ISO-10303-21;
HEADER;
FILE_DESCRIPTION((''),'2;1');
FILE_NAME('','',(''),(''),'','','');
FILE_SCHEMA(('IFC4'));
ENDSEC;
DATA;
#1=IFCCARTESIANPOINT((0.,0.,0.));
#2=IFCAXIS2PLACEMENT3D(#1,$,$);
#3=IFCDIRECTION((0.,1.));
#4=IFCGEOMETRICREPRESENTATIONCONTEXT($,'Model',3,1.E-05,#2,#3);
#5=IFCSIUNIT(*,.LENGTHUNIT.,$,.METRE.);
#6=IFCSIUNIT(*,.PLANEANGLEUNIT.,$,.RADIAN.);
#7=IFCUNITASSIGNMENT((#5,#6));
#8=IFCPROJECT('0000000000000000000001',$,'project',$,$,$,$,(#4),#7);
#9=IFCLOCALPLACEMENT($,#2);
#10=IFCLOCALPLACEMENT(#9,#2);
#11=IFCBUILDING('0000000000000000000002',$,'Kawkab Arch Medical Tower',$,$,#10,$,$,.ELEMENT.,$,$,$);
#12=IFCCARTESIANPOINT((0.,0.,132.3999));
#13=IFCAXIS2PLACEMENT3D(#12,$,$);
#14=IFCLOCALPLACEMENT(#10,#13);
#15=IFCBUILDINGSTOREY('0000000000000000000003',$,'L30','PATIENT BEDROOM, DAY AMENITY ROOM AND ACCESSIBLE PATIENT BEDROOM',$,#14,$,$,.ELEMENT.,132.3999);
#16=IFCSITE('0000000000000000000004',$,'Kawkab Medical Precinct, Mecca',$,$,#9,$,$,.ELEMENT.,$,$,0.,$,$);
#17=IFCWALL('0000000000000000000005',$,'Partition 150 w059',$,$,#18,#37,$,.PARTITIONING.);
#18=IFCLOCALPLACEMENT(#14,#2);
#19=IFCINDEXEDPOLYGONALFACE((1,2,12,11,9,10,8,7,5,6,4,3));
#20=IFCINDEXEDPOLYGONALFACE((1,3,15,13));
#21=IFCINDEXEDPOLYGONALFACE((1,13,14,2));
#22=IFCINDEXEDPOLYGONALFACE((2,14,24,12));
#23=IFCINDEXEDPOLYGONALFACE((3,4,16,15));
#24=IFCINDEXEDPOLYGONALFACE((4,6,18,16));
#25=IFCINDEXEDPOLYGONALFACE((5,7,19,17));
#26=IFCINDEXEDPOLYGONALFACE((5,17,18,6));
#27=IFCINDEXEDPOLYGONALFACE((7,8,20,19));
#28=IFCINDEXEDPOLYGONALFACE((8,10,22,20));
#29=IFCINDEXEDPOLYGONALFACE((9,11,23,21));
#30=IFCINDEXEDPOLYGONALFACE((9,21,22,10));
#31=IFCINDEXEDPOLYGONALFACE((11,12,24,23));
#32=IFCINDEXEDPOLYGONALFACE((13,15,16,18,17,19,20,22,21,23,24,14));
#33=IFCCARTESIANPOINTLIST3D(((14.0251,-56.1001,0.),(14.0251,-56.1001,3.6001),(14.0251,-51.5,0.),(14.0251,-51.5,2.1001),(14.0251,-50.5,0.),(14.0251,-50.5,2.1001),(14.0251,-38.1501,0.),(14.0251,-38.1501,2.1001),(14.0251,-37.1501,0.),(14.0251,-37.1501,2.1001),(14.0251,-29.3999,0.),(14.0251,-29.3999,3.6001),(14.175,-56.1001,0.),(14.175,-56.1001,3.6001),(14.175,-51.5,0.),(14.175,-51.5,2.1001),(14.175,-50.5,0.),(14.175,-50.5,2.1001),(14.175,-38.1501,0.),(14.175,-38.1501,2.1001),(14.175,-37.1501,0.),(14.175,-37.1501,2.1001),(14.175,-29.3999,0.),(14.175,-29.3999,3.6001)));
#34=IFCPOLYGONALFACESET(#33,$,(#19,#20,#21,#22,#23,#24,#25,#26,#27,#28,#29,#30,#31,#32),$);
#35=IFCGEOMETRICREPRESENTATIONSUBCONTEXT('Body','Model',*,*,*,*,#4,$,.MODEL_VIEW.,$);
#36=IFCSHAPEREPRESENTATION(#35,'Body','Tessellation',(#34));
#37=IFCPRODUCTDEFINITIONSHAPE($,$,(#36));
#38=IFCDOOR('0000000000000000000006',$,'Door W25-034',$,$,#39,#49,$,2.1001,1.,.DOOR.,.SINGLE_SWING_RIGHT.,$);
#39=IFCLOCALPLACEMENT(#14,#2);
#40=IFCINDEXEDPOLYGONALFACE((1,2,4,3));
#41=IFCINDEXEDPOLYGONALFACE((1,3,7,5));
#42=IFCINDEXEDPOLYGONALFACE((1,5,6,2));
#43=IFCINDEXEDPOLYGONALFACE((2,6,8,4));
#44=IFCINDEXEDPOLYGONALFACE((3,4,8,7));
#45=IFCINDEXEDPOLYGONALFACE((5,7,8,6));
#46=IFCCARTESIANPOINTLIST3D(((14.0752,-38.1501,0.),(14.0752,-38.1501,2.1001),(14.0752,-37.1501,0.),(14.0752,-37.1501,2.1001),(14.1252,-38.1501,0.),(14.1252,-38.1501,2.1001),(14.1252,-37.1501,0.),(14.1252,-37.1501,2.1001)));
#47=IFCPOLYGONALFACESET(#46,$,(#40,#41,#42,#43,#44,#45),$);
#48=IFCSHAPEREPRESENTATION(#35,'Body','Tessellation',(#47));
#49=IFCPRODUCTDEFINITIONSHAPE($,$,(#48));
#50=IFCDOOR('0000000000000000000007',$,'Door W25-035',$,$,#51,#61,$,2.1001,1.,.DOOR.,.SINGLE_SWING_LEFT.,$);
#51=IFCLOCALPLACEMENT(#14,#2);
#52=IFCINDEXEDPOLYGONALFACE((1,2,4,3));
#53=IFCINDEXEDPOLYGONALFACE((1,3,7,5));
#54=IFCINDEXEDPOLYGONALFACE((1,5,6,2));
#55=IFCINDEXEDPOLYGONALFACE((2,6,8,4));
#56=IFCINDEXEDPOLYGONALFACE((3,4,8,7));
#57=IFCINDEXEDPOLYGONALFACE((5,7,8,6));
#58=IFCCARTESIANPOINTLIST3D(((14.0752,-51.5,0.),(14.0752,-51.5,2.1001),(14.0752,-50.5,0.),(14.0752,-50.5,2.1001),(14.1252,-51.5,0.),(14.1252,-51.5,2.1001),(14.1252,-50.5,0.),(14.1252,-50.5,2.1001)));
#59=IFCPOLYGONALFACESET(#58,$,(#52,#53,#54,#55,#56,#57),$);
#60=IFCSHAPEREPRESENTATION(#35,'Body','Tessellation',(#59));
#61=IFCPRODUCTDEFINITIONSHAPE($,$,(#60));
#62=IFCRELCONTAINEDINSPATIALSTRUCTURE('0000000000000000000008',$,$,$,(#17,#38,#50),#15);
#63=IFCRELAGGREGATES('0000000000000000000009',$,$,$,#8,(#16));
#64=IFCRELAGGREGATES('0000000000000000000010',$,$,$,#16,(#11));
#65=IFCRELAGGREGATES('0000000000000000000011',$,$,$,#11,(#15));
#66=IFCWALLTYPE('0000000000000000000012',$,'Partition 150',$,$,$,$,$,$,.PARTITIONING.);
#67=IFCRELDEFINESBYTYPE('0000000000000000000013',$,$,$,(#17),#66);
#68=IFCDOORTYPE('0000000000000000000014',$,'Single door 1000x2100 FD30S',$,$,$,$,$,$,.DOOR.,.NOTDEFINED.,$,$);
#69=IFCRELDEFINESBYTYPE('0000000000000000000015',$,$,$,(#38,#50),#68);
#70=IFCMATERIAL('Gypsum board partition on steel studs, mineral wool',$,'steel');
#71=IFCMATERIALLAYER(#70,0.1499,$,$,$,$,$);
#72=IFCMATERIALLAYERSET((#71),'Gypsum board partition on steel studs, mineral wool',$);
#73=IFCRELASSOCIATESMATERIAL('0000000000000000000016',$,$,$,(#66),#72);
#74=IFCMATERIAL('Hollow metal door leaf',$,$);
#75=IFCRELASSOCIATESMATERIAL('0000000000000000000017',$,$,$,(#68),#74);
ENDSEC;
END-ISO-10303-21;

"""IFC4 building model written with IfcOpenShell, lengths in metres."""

from ifc_helpers import new_model, si_unit, direction, frame, frame_2d, origin, place, context, subcontext, project, spatial, rectangle, extrude, material, layer, layer_set, type_object, element, fill, save


model = new_model("IFC4")

# Units and contexts
model_context = context("Model", 3, precision=1e-05, world=origin(), true_north=direction((0.0, 1.0)))
body_context = subcontext(model_context, "Body", "Model", "MODEL_VIEW")
ifc_project = project(units=[si_unit("LENGTHUNIT", "METRE"), si_unit("PLANEANGLEUNIT", "RADIAN")], contexts=[model_context])

# Site, building, storey
site_placement = place(None, origin())
site = spatial("IfcSite", under=ifc_project, at=site_placement, Name="Kawkab Medical Precinct, Mecca", CompositionType="ELEMENT", RefElevation=0.0)
building_placement = place(site_placement, origin())
building = spatial("IfcBuilding", under=site, at=building_placement, Name="Kawkab Arch Medical Tower", CompositionType="ELEMENT")
storey_placement = place(building_placement, frame((0.0, 0.0, 132.3999)))
storey = spatial("IfcBuildingStorey", under=building, at=storey_placement, Name="L30", Description="PATIENT BEDROOM, DAY AMENITY ROOM AND ACCESSIBLE PATIENT BEDROOM", CompositionType="ELEMENT", Elevation=132.3999)

# Shared definitions
ifc_material_1 = material(Name="Gypsum board partition on steel studs, mineral wool", Category="steel")
ifc_layer_1 = layer(ifc_material_1, 0.1499)
ifc_layer_set_1 = layer_set([ifc_layer_1], Name="Gypsum board partition on steel studs, mineral wool")
wall_type = type_object("IfcWallType", Name="Partition 150", PredefinedType="PARTITIONING", material=ifc_layer_set_1)

# Wall, openings, doors
wall_1_placement = place(storey_placement, frame((14.1001, -56.1001, 0.0), z_axis=(0.0, 0.0, 1.0), x_axis=(0.0, 1.0, 0.0)))
wall_1 = element("IfcWall", 1, at=wall_1_placement, inside=storey, type_object=wall_type, Name="Partition 150 w059", PredefinedType="PARTITIONING", context=body_context, shape_type="SweptSolid", body=[
    extrude(rectangle(XDim=26.7002, YDim=0.1499, at=frame_2d((13.3501, 0.0))), origin(), (0.0, 0.0, 1.0), 3.6001),
])
opening_1_placement = place(wall_1_placement, frame((17.95, 0.0, 0.0)))
opening_1 = element("IfcOpeningElement", 2, at=opening_1_placement, cuts=wall_1, PredefinedType="OPENING", context=body_context, shape_type="SweptSolid", body=[
    extrude(rectangle(XDim=1.0, YDim=2.1001, at=frame_2d((0.5, 1.05))), frame((0.0, 0.085, 0.0), z_axis=(0.0, -1.0, 0.0), x_axis=(1.0, 0.0, 0.0)), (0.0, 0.0, 1.0), 0.1699),
])
opening_2_placement = place(wall_1_placement, frame((4.6001, 0.0, 0.0)))
opening_2 = element("IfcOpeningElement", 3, at=opening_2_placement, cuts=wall_1, PredefinedType="OPENING", context=body_context, shape_type="SweptSolid", body=[
    extrude(rectangle(XDim=1.0, YDim=2.1001, at=frame_2d((0.5, 1.05))), frame((0.0, 0.085, 0.0), z_axis=(0.0, -1.0, 0.0), x_axis=(1.0, 0.0, 0.0)), (0.0, 0.0, 1.0), 0.1699),
])
ifc_material_2 = material(Name="Hollow metal door leaf")
door_type_1 = type_object("IfcDoorType", Name="Single door 1000x2100 FD30S", OperationType="NOTDEFINED", PredefinedType="DOOR", material=ifc_material_2)
door_1_placement = place(opening_1_placement, origin())
door_1 = element("IfcDoor", 4, at=door_1_placement, inside=storey, type_object=door_type_1, Name="Door W25-034", OperationType="SINGLE_SWING_RIGHT", OverallHeight=2.1001, OverallWidth=1.0, PredefinedType="DOOR", context=body_context, shape_type="SweptSolid", body=[
    extrude(rectangle(XDim=1.0, YDim=2.1001, at=frame_2d((0.5, 1.05))), frame((0.0, 0.0249, 0.0), z_axis=(0.0, -1.0, 0.0), x_axis=(1.0, 0.0, 0.0)), (0.0, 0.0, 1.0), 0.05),
])
fill(opening_1, door_1)
door_2_placement = place(opening_2_placement, origin())
door_2 = element("IfcDoor", 5, at=door_2_placement, inside=storey, type_object=door_type_1, Name="Door W25-035", OperationType="SINGLE_SWING_LEFT", OverallHeight=2.1001, OverallWidth=1.0, PredefinedType="DOOR", context=body_context, shape_type="SweptSolid", body=[
    extrude(rectangle(XDim=1.0, YDim=2.1001, at=frame_2d((0.5, 1.05))), frame((0.0, 0.0249, 0.0), z_axis=(0.0, -1.0, 0.0), x_axis=(1.0, 0.0, 0.0)), (0.0, 0.0, 1.0), 0.05),
])
fill(opening_2, door_2)

save(model, "model.ifc")
